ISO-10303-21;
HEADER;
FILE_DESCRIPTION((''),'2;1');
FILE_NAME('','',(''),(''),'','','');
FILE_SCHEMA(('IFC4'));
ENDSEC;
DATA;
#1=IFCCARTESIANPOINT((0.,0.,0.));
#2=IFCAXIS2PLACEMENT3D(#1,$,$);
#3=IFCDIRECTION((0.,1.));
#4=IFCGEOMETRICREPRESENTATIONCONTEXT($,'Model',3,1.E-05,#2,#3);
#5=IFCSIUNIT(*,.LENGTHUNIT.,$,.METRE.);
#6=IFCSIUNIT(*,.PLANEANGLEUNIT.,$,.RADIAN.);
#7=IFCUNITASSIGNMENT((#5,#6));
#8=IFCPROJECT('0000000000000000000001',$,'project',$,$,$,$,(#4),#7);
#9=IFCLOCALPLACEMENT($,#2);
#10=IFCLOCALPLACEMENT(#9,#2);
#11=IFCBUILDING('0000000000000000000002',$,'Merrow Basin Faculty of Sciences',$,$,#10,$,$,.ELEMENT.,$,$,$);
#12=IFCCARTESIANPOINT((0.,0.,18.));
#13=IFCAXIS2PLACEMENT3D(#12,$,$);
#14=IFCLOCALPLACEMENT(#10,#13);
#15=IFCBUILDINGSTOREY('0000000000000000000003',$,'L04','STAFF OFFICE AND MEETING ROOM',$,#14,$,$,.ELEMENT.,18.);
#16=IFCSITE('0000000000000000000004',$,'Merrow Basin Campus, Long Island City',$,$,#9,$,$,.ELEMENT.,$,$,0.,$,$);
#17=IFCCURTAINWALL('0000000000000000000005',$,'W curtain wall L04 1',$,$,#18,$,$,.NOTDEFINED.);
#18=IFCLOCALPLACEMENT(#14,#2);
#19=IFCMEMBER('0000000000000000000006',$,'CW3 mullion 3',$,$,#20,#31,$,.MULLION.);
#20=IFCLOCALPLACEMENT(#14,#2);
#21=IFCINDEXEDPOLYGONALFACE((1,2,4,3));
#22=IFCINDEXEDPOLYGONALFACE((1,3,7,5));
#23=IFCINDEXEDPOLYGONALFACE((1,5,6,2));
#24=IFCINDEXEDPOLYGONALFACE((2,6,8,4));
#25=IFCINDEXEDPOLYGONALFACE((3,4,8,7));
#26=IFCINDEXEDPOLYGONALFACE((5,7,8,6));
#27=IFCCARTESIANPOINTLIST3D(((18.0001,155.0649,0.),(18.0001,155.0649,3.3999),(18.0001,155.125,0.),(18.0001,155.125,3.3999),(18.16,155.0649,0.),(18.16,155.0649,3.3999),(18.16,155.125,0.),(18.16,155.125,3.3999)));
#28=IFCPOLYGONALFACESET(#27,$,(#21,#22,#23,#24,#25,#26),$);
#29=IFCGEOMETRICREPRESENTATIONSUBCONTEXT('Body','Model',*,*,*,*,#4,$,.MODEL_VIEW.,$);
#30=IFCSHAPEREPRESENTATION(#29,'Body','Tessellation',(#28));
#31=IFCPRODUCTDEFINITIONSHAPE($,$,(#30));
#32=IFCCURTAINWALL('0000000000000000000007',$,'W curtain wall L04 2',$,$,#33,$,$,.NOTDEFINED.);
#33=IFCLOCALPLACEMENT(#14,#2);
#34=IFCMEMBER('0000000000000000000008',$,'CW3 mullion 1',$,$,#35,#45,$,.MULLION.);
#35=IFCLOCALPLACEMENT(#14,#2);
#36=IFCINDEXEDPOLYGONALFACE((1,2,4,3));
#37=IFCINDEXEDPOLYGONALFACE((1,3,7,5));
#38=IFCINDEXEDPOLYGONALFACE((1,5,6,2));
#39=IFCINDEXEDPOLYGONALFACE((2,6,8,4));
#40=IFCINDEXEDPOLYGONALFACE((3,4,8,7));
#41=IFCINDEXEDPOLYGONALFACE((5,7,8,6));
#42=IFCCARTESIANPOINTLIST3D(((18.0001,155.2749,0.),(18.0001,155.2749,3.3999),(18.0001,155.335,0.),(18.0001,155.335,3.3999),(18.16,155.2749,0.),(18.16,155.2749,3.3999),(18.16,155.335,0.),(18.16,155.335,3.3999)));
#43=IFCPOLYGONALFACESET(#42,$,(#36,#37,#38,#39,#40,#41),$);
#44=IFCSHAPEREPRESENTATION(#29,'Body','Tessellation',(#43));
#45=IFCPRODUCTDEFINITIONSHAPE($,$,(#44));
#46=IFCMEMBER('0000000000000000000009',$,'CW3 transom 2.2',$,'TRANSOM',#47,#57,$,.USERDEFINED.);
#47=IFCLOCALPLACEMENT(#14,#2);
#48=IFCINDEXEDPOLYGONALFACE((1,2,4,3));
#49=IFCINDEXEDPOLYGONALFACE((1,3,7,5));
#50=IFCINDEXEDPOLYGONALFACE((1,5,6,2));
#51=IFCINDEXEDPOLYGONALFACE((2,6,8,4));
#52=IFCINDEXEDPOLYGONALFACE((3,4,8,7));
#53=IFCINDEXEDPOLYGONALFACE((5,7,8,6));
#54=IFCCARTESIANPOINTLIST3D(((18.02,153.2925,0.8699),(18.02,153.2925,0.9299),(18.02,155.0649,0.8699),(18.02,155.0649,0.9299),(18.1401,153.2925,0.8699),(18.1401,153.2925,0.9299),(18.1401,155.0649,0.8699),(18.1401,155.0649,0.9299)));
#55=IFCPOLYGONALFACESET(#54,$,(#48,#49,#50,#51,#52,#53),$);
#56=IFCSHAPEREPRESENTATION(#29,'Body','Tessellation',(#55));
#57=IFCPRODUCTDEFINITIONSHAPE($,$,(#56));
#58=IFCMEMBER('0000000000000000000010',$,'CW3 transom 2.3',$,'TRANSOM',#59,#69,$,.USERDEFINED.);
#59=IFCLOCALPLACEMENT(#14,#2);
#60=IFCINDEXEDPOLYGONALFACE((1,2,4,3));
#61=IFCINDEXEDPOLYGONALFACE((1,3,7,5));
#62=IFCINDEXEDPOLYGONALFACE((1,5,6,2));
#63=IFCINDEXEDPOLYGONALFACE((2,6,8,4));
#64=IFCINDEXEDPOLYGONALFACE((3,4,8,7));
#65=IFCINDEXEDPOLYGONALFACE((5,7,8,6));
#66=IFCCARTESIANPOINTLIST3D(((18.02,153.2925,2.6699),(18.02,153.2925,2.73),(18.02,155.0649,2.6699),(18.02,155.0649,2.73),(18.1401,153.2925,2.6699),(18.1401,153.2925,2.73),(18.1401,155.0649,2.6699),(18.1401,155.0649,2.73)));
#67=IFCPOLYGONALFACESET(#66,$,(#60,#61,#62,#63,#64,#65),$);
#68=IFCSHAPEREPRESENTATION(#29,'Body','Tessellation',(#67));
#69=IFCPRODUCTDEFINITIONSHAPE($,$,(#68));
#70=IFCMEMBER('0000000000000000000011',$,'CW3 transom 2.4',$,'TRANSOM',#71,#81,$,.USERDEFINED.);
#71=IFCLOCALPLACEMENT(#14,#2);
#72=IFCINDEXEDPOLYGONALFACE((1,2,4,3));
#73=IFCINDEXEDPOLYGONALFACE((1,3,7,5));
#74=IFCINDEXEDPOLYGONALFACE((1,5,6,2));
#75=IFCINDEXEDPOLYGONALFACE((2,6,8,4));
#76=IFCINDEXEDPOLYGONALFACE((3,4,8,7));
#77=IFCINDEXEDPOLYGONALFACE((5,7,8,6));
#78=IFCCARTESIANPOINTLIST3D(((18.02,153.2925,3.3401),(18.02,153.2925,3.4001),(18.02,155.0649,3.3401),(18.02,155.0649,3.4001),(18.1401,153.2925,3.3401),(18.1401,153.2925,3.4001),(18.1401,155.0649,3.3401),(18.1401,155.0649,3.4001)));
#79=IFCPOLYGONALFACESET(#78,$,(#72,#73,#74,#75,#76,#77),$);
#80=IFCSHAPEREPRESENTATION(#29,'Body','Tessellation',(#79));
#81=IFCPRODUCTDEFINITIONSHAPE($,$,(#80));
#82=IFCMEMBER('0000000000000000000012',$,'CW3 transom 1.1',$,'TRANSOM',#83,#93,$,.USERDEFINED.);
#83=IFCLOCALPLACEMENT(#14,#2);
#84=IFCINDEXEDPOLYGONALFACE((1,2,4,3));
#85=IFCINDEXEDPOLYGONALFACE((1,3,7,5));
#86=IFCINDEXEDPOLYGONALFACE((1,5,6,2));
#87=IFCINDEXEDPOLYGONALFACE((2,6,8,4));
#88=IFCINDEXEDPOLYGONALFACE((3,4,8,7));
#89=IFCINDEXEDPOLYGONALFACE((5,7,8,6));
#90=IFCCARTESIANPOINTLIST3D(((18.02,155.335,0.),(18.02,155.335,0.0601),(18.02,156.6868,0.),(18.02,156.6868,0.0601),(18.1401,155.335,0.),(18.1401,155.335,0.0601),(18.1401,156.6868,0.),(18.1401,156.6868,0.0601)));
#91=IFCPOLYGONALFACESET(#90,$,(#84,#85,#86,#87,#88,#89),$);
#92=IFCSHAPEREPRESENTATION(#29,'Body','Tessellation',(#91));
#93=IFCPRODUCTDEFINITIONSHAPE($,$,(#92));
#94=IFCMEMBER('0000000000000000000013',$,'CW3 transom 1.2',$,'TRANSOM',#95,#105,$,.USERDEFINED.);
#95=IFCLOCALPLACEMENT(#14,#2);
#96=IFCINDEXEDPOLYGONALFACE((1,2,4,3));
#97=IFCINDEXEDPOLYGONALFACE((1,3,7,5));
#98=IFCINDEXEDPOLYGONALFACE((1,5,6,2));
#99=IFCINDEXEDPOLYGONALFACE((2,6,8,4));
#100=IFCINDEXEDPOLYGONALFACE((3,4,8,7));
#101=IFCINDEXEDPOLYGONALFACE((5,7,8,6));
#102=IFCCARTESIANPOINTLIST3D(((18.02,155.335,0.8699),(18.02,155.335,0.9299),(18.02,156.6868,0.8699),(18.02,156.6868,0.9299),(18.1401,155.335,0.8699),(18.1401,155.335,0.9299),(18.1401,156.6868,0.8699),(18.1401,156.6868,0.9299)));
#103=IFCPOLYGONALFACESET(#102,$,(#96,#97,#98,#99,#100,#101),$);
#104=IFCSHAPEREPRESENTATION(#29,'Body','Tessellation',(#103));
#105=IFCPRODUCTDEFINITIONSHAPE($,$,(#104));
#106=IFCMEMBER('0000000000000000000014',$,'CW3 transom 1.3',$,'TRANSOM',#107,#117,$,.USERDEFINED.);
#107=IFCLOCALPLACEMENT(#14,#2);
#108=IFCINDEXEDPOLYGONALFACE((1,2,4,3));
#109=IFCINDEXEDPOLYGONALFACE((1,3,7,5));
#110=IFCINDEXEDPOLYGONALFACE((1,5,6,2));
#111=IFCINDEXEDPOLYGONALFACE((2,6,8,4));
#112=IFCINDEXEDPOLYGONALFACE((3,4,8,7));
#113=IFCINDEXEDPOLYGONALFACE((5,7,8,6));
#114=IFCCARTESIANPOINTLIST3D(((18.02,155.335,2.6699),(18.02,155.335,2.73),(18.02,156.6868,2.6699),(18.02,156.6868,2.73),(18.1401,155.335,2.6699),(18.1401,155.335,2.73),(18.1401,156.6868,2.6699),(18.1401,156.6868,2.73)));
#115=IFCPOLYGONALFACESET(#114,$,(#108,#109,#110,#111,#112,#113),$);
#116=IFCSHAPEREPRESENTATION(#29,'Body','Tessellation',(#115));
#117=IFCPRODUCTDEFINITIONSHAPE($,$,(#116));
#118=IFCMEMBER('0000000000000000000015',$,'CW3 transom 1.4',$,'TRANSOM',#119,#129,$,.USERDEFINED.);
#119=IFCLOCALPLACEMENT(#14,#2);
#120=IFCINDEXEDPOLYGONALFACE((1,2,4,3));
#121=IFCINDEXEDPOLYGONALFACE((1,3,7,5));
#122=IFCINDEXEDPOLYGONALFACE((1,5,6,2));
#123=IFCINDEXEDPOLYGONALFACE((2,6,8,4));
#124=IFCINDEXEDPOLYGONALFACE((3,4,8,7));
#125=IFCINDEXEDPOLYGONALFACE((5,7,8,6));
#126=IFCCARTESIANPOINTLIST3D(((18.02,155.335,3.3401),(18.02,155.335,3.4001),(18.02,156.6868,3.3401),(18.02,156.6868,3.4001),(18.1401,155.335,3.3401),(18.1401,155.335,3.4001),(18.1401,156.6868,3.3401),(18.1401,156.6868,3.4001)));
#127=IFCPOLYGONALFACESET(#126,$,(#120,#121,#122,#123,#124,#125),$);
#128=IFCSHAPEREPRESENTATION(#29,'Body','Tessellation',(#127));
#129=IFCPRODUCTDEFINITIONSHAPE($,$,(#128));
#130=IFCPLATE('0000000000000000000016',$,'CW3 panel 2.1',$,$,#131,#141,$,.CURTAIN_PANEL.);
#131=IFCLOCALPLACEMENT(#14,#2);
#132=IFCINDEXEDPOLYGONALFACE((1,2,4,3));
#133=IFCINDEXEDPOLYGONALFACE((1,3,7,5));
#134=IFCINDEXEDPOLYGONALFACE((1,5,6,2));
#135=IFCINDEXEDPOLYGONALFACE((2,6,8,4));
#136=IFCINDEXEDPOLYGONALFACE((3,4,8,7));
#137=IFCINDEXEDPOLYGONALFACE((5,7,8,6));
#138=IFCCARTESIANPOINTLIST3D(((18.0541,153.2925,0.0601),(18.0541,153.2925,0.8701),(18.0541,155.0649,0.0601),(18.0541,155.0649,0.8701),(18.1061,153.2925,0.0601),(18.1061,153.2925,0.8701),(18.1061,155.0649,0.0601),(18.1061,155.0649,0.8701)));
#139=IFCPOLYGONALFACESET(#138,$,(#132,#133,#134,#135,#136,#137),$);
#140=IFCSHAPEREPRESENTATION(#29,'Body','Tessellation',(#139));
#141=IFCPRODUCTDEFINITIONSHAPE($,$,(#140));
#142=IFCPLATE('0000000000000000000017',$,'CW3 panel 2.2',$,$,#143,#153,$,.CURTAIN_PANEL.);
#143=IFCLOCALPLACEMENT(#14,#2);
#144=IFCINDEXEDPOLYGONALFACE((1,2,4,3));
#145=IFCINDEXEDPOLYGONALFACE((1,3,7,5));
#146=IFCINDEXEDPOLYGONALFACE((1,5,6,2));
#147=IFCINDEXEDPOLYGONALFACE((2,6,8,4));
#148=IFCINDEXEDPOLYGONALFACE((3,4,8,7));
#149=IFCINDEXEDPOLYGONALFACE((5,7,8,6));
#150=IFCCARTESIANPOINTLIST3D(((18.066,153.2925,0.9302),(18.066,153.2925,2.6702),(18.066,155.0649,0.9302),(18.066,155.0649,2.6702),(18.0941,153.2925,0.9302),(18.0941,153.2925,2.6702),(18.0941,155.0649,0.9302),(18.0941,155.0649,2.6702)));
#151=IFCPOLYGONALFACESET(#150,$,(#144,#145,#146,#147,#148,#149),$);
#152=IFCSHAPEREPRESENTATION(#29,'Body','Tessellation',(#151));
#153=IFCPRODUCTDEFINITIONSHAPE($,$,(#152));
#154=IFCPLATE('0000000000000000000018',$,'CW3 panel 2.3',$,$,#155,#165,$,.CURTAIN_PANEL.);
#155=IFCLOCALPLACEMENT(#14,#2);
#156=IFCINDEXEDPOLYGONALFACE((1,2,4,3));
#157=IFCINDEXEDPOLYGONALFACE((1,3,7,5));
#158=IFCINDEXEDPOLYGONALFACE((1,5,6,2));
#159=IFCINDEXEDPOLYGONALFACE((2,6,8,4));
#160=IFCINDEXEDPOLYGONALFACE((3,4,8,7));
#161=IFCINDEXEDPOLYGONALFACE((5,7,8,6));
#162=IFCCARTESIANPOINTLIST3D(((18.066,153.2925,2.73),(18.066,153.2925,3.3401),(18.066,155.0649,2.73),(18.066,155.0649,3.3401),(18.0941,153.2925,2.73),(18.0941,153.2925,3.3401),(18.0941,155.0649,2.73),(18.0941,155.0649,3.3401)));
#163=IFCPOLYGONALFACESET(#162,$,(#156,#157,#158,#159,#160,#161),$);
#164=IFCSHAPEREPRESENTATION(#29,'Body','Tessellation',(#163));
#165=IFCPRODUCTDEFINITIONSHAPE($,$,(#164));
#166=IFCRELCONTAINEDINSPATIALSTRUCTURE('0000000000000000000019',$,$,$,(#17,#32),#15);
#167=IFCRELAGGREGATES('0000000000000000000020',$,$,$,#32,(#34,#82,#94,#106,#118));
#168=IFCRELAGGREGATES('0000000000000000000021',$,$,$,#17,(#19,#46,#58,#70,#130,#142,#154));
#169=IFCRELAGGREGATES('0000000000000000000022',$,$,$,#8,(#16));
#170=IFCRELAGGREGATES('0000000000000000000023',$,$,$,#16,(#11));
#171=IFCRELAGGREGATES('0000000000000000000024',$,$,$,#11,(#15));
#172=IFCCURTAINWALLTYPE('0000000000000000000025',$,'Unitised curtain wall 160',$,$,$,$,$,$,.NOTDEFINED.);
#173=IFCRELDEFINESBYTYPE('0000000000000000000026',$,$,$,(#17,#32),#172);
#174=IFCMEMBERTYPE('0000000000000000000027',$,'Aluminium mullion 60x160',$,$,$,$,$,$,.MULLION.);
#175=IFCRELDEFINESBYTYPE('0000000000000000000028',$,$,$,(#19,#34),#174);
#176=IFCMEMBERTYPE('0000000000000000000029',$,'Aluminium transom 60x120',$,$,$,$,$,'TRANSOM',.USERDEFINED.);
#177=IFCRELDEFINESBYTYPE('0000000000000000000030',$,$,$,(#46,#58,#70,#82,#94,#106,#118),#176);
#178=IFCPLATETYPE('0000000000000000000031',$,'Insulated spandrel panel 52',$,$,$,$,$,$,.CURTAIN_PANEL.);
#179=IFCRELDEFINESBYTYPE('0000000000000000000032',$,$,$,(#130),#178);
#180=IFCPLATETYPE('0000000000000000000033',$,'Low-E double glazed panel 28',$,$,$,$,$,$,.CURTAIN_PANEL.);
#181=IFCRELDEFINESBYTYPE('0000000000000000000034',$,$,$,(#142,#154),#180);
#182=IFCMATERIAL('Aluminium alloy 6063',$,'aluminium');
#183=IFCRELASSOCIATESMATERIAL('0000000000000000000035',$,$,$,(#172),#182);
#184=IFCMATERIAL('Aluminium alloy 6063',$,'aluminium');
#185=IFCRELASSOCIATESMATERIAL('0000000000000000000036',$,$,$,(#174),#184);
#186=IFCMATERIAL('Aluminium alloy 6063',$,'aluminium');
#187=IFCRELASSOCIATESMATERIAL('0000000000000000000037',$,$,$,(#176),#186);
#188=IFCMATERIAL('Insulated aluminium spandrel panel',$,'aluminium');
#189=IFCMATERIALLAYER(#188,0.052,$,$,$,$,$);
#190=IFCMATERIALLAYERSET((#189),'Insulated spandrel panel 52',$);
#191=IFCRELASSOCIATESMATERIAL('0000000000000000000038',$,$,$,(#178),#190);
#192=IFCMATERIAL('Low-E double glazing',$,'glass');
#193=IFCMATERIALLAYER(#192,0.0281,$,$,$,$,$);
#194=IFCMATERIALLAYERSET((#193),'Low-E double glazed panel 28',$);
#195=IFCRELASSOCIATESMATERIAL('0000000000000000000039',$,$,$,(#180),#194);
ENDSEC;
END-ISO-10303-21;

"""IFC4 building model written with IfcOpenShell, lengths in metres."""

from ifc_helpers import new_model, si_unit, direction, frame, origin, origin_2d, place, context, subcontext, project, spatial, rectangle, extrude, material, layer, layer_set, material_profile, profile_set, type_object, element, aggregate, save


model = new_model("IFC4")

# Units and contexts
model_context = context("Model", 3, precision=1e-05, world=origin(), true_north=direction((0.0, 1.0)))
body_context = subcontext(model_context, "Body", "Model", "MODEL_VIEW")
ifc_project = project(units=[si_unit("LENGTHUNIT", "METRE"), si_unit("PLANEANGLEUNIT", "RADIAN")], contexts=[model_context])

# Site, building, storey
site_placement = place(None, origin())
site = spatial("IfcSite", under=ifc_project, at=site_placement, Name="Merrow Basin Campus, Long Island City", CompositionType="ELEMENT", RefElevation=0.0)
building_placement = place(site_placement, origin())
building = spatial("IfcBuilding", under=site, at=building_placement, Name="Merrow Basin Faculty of Sciences", CompositionType="ELEMENT")
storey_placement = place(building_placement, frame((0.0, 0.0, 18.0)))
storey = spatial("IfcBuildingStorey", under=building, at=storey_placement, Name="L04", Description="STAFF OFFICE AND MEETING ROOM", CompositionType="ELEMENT", Elevation=18.0)

# Curtain walls, members
ifc_material_1 = material(Name="Aluminium alloy 6063", Category="aluminium")
curtain_wall_type = type_object("IfcCurtainWallType", Name="Unitised curtain wall 160", PredefinedType="NOTDEFINED", material=ifc_material_1)
curtain_wall_1_placement = place(storey_placement, origin())
curtain_wall_1 = element("IfcCurtainWall", 1, at=curtain_wall_1_placement, inside=storey, type_object=curtain_wall_type, Name="W curtain wall L04 1", PredefinedType="NOTDEFINED")
ifc_material_2 = material(Name="Aluminium alloy 6063", Category="aluminium")
ifc_material_profile_1 = material_profile(ifc_material_2, rectangle(XDim=0.1599, YDim=0.0601, at=origin_2d()))
ifc_profile_set_1 = profile_set([ifc_material_profile_1], Name="Aluminium alloy 6063")
member_type_1 = type_object("IfcMemberType", Name="Aluminium mullion 60x160", PredefinedType="MULLION", material=ifc_profile_set_1)
member_1_placement = place(storey_placement, frame((18.0801, 155.095, 0.0), z_axis=(0.0, 0.0, 1.0), x_axis=(-1.0, 0.0, 0.0)))
member_1 = element("IfcMember", 2, at=member_1_placement, type_object=member_type_1, Name="CW3 mullion 3", PredefinedType="MULLION", context=body_context, shape_type="SweptSolid", body=[
    extrude(rectangle(XDim=0.1599, YDim=0.0601, at=origin_2d()), origin(), (0.0, 0.0, 1.0), 3.3999),
])
curtain_wall_2_placement = place(storey_placement, origin())
curtain_wall_2 = element("IfcCurtainWall", 3, at=curtain_wall_2_placement, inside=storey, type_object=curtain_wall_type, Name="W curtain wall L04 2", PredefinedType="NOTDEFINED")
member_2_placement = place(storey_placement, frame((18.0801, 155.3049, 0.0), z_axis=(0.0, 0.0, 1.0), x_axis=(-1.0, 0.0, 0.0)))
member_2 = element("IfcMember", 4, at=member_2_placement, type_object=member_type_1, Name="CW3 mullion 1", PredefinedType="MULLION", context=body_context, shape_type="SweptSolid", body=[
    extrude(rectangle(XDim=0.1599, YDim=0.0601, at=origin_2d()), origin(), (0.0, 0.0, 1.0), 3.3999),
])

# Members
ifc_material_3 = material(Name="Aluminium alloy 6063", Category="aluminium")
ifc_material_profile_2 = material_profile(ifc_material_3, rectangle(XDim=0.1201, YDim=0.0601, at=origin_2d()))
ifc_profile_set_2 = profile_set([ifc_material_profile_2], Name="Aluminium alloy 6063")
member_type_2 = type_object("IfcMemberType", Name="Aluminium transom 60x120", ElementType="TRANSOM", PredefinedType="USERDEFINED", material=ifc_profile_set_2)
member_3_placement = place(storey_placement, frame((18.0801, 153.2925, 0.8999), z_axis=(0.0, 1.0, 0.0), x_axis=(-1.0, 0.0, 0.0)))
member_3 = element("IfcMember", 5, at=member_3_placement, type_object=member_type_2, Name="CW3 transom 2.2", ObjectType="TRANSOM", PredefinedType="USERDEFINED", context=body_context, shape_type="SweptSolid", body=[
    extrude(rectangle(XDim=0.1201, YDim=0.0601, at=origin_2d()), origin(), (0.0, 0.0, 1.0), 1.7725),
])
member_4_placement = place(storey_placement, frame((18.0801, 153.2925, 2.7), z_axis=(0.0, 1.0, 0.0), x_axis=(-1.0, 0.0, 0.0)))
member_4 = element("IfcMember", 6, at=member_4_placement, type_object=member_type_2, Name="CW3 transom 2.3", ObjectType="TRANSOM", PredefinedType="USERDEFINED", context=body_context, shape_type="SweptSolid", body=[
    extrude(rectangle(XDim=0.1201, YDim=0.0601, at=origin_2d()), origin(), (0.0, 0.0, 1.0), 1.7725),
])
member_5_placement = place(storey_placement, frame((18.0801, 153.2925, 3.3701), z_axis=(0.0, 1.0, 0.0), x_axis=(-1.0, 0.0, 0.0)))
member_5 = element("IfcMember", 7, at=member_5_placement, type_object=member_type_2, Name="CW3 transom 2.4", ObjectType="TRANSOM", PredefinedType="USERDEFINED", context=body_context, shape_type="SweptSolid", body=[
    extrude(rectangle(XDim=0.1201, YDim=0.0601, at=origin_2d()), origin(), (0.0, 0.0, 1.0), 1.7725),
])
member_6_placement = place(storey_placement, frame((18.0801, 155.335, 0.03), z_axis=(0.0, 1.0, 0.0), x_axis=(-1.0, 0.0, 0.0)))
member_6 = element("IfcMember", 8, at=member_6_placement, type_object=member_type_2, Name="CW3 transom 1.1", ObjectType="TRANSOM", PredefinedType="USERDEFINED", context=body_context, shape_type="SweptSolid", body=[
    extrude(rectangle(XDim=0.1201, YDim=0.0601, at=origin_2d()), origin(), (0.0, 0.0, 1.0), 1.3518),
])
member_7_placement = place(storey_placement, frame((18.0801, 155.335, 0.8999), z_axis=(0.0, 1.0, 0.0), x_axis=(-1.0, 0.0, 0.0)))
member_7 = element("IfcMember", 9, at=member_7_placement, type_object=member_type_2, Name="CW3 transom 1.2", ObjectType="TRANSOM", PredefinedType="USERDEFINED", context=body_context, shape_type="SweptSolid", body=[
    extrude(rectangle(XDim=0.1201, YDim=0.0601, at=origin_2d()), origin(), (0.0, 0.0, 1.0), 1.3518),
])
member_8_placement = place(storey_placement, frame((18.0801, 155.335, 2.7), z_axis=(0.0, 1.0, 0.0), x_axis=(-1.0, 0.0, 0.0)))
member_8 = element("IfcMember", 10, at=member_8_placement, type_object=member_type_2, Name="CW3 transom 1.3", ObjectType="TRANSOM", PredefinedType="USERDEFINED", context=body_context, shape_type="SweptSolid", body=[
    extrude(rectangle(XDim=0.1201, YDim=0.0601, at=origin_2d()), origin(), (0.0, 0.0, 1.0), 1.3518),
])
member_9_placement = place(storey_placement, frame((18.0801, 155.335, 3.3701), z_axis=(0.0, 1.0, 0.0), x_axis=(-1.0, 0.0, 0.0)))
member_9 = element("IfcMember", 11, at=member_9_placement, type_object=member_type_2, Name="CW3 transom 1.4", ObjectType="TRANSOM", PredefinedType="USERDEFINED", context=body_context, shape_type="SweptSolid", body=[
    extrude(rectangle(XDim=0.1201, YDim=0.0601, at=origin_2d()), origin(), (0.0, 0.0, 1.0), 1.3518),
])
aggregate(curtain_wall_2, [member_2, member_6, member_7, member_8, member_9])

# Plates
ifc_material_4 = material(Name="Insulated aluminium spandrel panel", Category="aluminium")
ifc_layer_1 = layer(ifc_material_4, 0.052)
ifc_layer_set_1 = layer_set([ifc_layer_1], Name="Insulated spandrel panel 52")
plate_type_1 = type_object("IfcPlateType", Name="Insulated spandrel panel 52", PredefinedType="CURTAIN_PANEL", material=ifc_layer_set_1)
plate_1_placement = place(storey_placement, frame((18.0801, 154.1787, 0.0601), z_axis=(0.0, 0.0, 1.0), x_axis=(0.0, 1.0, 0.0)))
plate_1 = element("IfcPlate", 12, at=plate_1_placement, type_object=plate_type_1, Name="CW3 panel 2.1", PredefinedType="CURTAIN_PANEL", context=body_context, shape_type="SweptSolid", body=[
    extrude(rectangle(XDim=1.7725, YDim=0.052, at=origin_2d()), origin(), (0.0, 0.0, 1.0), 0.8101),
])
ifc_material_5 = material(Name="Low-E double glazing", Category="glass")
ifc_layer_2 = layer(ifc_material_5, 0.0281)
ifc_layer_set_2 = layer_set([ifc_layer_2], Name="Low-E double glazed panel 28")
plate_type_2 = type_object("IfcPlateType", Name="Low-E double glazed panel 28", PredefinedType="CURTAIN_PANEL", material=ifc_layer_set_2)
plate_2_placement = place(storey_placement, frame((18.0801, 154.1787, 0.9302), z_axis=(0.0, 0.0, 1.0), x_axis=(0.0, 1.0, 0.0)))
plate_2 = element("IfcPlate", 13, at=plate_2_placement, type_object=plate_type_2, Name="CW3 panel 2.2", PredefinedType="CURTAIN_PANEL", context=body_context, shape_type="SweptSolid", body=[
    extrude(rectangle(XDim=1.7725, YDim=0.0281, at=origin_2d()), origin(), (0.0, 0.0, 1.0), 1.74),
])
plate_3_placement = place(storey_placement, frame((18.0801, 154.1787, 2.73), z_axis=(0.0, 0.0, 1.0), x_axis=(0.0, 1.0, 0.0)))
plate_3 = element("IfcPlate", 14, at=plate_3_placement, type_object=plate_type_2, Name="CW3 panel 2.3", PredefinedType="CURTAIN_PANEL", context=body_context, shape_type="SweptSolid", body=[
    extrude(rectangle(XDim=1.7725, YDim=0.0281, at=origin_2d()), origin(), (0.0, 0.0, 1.0), 0.6101),
])
aggregate(curtain_wall_1, [member_1, member_3, member_4, member_5, plate_1, plate_2, plate_3])

save(model, "model.ifc")
